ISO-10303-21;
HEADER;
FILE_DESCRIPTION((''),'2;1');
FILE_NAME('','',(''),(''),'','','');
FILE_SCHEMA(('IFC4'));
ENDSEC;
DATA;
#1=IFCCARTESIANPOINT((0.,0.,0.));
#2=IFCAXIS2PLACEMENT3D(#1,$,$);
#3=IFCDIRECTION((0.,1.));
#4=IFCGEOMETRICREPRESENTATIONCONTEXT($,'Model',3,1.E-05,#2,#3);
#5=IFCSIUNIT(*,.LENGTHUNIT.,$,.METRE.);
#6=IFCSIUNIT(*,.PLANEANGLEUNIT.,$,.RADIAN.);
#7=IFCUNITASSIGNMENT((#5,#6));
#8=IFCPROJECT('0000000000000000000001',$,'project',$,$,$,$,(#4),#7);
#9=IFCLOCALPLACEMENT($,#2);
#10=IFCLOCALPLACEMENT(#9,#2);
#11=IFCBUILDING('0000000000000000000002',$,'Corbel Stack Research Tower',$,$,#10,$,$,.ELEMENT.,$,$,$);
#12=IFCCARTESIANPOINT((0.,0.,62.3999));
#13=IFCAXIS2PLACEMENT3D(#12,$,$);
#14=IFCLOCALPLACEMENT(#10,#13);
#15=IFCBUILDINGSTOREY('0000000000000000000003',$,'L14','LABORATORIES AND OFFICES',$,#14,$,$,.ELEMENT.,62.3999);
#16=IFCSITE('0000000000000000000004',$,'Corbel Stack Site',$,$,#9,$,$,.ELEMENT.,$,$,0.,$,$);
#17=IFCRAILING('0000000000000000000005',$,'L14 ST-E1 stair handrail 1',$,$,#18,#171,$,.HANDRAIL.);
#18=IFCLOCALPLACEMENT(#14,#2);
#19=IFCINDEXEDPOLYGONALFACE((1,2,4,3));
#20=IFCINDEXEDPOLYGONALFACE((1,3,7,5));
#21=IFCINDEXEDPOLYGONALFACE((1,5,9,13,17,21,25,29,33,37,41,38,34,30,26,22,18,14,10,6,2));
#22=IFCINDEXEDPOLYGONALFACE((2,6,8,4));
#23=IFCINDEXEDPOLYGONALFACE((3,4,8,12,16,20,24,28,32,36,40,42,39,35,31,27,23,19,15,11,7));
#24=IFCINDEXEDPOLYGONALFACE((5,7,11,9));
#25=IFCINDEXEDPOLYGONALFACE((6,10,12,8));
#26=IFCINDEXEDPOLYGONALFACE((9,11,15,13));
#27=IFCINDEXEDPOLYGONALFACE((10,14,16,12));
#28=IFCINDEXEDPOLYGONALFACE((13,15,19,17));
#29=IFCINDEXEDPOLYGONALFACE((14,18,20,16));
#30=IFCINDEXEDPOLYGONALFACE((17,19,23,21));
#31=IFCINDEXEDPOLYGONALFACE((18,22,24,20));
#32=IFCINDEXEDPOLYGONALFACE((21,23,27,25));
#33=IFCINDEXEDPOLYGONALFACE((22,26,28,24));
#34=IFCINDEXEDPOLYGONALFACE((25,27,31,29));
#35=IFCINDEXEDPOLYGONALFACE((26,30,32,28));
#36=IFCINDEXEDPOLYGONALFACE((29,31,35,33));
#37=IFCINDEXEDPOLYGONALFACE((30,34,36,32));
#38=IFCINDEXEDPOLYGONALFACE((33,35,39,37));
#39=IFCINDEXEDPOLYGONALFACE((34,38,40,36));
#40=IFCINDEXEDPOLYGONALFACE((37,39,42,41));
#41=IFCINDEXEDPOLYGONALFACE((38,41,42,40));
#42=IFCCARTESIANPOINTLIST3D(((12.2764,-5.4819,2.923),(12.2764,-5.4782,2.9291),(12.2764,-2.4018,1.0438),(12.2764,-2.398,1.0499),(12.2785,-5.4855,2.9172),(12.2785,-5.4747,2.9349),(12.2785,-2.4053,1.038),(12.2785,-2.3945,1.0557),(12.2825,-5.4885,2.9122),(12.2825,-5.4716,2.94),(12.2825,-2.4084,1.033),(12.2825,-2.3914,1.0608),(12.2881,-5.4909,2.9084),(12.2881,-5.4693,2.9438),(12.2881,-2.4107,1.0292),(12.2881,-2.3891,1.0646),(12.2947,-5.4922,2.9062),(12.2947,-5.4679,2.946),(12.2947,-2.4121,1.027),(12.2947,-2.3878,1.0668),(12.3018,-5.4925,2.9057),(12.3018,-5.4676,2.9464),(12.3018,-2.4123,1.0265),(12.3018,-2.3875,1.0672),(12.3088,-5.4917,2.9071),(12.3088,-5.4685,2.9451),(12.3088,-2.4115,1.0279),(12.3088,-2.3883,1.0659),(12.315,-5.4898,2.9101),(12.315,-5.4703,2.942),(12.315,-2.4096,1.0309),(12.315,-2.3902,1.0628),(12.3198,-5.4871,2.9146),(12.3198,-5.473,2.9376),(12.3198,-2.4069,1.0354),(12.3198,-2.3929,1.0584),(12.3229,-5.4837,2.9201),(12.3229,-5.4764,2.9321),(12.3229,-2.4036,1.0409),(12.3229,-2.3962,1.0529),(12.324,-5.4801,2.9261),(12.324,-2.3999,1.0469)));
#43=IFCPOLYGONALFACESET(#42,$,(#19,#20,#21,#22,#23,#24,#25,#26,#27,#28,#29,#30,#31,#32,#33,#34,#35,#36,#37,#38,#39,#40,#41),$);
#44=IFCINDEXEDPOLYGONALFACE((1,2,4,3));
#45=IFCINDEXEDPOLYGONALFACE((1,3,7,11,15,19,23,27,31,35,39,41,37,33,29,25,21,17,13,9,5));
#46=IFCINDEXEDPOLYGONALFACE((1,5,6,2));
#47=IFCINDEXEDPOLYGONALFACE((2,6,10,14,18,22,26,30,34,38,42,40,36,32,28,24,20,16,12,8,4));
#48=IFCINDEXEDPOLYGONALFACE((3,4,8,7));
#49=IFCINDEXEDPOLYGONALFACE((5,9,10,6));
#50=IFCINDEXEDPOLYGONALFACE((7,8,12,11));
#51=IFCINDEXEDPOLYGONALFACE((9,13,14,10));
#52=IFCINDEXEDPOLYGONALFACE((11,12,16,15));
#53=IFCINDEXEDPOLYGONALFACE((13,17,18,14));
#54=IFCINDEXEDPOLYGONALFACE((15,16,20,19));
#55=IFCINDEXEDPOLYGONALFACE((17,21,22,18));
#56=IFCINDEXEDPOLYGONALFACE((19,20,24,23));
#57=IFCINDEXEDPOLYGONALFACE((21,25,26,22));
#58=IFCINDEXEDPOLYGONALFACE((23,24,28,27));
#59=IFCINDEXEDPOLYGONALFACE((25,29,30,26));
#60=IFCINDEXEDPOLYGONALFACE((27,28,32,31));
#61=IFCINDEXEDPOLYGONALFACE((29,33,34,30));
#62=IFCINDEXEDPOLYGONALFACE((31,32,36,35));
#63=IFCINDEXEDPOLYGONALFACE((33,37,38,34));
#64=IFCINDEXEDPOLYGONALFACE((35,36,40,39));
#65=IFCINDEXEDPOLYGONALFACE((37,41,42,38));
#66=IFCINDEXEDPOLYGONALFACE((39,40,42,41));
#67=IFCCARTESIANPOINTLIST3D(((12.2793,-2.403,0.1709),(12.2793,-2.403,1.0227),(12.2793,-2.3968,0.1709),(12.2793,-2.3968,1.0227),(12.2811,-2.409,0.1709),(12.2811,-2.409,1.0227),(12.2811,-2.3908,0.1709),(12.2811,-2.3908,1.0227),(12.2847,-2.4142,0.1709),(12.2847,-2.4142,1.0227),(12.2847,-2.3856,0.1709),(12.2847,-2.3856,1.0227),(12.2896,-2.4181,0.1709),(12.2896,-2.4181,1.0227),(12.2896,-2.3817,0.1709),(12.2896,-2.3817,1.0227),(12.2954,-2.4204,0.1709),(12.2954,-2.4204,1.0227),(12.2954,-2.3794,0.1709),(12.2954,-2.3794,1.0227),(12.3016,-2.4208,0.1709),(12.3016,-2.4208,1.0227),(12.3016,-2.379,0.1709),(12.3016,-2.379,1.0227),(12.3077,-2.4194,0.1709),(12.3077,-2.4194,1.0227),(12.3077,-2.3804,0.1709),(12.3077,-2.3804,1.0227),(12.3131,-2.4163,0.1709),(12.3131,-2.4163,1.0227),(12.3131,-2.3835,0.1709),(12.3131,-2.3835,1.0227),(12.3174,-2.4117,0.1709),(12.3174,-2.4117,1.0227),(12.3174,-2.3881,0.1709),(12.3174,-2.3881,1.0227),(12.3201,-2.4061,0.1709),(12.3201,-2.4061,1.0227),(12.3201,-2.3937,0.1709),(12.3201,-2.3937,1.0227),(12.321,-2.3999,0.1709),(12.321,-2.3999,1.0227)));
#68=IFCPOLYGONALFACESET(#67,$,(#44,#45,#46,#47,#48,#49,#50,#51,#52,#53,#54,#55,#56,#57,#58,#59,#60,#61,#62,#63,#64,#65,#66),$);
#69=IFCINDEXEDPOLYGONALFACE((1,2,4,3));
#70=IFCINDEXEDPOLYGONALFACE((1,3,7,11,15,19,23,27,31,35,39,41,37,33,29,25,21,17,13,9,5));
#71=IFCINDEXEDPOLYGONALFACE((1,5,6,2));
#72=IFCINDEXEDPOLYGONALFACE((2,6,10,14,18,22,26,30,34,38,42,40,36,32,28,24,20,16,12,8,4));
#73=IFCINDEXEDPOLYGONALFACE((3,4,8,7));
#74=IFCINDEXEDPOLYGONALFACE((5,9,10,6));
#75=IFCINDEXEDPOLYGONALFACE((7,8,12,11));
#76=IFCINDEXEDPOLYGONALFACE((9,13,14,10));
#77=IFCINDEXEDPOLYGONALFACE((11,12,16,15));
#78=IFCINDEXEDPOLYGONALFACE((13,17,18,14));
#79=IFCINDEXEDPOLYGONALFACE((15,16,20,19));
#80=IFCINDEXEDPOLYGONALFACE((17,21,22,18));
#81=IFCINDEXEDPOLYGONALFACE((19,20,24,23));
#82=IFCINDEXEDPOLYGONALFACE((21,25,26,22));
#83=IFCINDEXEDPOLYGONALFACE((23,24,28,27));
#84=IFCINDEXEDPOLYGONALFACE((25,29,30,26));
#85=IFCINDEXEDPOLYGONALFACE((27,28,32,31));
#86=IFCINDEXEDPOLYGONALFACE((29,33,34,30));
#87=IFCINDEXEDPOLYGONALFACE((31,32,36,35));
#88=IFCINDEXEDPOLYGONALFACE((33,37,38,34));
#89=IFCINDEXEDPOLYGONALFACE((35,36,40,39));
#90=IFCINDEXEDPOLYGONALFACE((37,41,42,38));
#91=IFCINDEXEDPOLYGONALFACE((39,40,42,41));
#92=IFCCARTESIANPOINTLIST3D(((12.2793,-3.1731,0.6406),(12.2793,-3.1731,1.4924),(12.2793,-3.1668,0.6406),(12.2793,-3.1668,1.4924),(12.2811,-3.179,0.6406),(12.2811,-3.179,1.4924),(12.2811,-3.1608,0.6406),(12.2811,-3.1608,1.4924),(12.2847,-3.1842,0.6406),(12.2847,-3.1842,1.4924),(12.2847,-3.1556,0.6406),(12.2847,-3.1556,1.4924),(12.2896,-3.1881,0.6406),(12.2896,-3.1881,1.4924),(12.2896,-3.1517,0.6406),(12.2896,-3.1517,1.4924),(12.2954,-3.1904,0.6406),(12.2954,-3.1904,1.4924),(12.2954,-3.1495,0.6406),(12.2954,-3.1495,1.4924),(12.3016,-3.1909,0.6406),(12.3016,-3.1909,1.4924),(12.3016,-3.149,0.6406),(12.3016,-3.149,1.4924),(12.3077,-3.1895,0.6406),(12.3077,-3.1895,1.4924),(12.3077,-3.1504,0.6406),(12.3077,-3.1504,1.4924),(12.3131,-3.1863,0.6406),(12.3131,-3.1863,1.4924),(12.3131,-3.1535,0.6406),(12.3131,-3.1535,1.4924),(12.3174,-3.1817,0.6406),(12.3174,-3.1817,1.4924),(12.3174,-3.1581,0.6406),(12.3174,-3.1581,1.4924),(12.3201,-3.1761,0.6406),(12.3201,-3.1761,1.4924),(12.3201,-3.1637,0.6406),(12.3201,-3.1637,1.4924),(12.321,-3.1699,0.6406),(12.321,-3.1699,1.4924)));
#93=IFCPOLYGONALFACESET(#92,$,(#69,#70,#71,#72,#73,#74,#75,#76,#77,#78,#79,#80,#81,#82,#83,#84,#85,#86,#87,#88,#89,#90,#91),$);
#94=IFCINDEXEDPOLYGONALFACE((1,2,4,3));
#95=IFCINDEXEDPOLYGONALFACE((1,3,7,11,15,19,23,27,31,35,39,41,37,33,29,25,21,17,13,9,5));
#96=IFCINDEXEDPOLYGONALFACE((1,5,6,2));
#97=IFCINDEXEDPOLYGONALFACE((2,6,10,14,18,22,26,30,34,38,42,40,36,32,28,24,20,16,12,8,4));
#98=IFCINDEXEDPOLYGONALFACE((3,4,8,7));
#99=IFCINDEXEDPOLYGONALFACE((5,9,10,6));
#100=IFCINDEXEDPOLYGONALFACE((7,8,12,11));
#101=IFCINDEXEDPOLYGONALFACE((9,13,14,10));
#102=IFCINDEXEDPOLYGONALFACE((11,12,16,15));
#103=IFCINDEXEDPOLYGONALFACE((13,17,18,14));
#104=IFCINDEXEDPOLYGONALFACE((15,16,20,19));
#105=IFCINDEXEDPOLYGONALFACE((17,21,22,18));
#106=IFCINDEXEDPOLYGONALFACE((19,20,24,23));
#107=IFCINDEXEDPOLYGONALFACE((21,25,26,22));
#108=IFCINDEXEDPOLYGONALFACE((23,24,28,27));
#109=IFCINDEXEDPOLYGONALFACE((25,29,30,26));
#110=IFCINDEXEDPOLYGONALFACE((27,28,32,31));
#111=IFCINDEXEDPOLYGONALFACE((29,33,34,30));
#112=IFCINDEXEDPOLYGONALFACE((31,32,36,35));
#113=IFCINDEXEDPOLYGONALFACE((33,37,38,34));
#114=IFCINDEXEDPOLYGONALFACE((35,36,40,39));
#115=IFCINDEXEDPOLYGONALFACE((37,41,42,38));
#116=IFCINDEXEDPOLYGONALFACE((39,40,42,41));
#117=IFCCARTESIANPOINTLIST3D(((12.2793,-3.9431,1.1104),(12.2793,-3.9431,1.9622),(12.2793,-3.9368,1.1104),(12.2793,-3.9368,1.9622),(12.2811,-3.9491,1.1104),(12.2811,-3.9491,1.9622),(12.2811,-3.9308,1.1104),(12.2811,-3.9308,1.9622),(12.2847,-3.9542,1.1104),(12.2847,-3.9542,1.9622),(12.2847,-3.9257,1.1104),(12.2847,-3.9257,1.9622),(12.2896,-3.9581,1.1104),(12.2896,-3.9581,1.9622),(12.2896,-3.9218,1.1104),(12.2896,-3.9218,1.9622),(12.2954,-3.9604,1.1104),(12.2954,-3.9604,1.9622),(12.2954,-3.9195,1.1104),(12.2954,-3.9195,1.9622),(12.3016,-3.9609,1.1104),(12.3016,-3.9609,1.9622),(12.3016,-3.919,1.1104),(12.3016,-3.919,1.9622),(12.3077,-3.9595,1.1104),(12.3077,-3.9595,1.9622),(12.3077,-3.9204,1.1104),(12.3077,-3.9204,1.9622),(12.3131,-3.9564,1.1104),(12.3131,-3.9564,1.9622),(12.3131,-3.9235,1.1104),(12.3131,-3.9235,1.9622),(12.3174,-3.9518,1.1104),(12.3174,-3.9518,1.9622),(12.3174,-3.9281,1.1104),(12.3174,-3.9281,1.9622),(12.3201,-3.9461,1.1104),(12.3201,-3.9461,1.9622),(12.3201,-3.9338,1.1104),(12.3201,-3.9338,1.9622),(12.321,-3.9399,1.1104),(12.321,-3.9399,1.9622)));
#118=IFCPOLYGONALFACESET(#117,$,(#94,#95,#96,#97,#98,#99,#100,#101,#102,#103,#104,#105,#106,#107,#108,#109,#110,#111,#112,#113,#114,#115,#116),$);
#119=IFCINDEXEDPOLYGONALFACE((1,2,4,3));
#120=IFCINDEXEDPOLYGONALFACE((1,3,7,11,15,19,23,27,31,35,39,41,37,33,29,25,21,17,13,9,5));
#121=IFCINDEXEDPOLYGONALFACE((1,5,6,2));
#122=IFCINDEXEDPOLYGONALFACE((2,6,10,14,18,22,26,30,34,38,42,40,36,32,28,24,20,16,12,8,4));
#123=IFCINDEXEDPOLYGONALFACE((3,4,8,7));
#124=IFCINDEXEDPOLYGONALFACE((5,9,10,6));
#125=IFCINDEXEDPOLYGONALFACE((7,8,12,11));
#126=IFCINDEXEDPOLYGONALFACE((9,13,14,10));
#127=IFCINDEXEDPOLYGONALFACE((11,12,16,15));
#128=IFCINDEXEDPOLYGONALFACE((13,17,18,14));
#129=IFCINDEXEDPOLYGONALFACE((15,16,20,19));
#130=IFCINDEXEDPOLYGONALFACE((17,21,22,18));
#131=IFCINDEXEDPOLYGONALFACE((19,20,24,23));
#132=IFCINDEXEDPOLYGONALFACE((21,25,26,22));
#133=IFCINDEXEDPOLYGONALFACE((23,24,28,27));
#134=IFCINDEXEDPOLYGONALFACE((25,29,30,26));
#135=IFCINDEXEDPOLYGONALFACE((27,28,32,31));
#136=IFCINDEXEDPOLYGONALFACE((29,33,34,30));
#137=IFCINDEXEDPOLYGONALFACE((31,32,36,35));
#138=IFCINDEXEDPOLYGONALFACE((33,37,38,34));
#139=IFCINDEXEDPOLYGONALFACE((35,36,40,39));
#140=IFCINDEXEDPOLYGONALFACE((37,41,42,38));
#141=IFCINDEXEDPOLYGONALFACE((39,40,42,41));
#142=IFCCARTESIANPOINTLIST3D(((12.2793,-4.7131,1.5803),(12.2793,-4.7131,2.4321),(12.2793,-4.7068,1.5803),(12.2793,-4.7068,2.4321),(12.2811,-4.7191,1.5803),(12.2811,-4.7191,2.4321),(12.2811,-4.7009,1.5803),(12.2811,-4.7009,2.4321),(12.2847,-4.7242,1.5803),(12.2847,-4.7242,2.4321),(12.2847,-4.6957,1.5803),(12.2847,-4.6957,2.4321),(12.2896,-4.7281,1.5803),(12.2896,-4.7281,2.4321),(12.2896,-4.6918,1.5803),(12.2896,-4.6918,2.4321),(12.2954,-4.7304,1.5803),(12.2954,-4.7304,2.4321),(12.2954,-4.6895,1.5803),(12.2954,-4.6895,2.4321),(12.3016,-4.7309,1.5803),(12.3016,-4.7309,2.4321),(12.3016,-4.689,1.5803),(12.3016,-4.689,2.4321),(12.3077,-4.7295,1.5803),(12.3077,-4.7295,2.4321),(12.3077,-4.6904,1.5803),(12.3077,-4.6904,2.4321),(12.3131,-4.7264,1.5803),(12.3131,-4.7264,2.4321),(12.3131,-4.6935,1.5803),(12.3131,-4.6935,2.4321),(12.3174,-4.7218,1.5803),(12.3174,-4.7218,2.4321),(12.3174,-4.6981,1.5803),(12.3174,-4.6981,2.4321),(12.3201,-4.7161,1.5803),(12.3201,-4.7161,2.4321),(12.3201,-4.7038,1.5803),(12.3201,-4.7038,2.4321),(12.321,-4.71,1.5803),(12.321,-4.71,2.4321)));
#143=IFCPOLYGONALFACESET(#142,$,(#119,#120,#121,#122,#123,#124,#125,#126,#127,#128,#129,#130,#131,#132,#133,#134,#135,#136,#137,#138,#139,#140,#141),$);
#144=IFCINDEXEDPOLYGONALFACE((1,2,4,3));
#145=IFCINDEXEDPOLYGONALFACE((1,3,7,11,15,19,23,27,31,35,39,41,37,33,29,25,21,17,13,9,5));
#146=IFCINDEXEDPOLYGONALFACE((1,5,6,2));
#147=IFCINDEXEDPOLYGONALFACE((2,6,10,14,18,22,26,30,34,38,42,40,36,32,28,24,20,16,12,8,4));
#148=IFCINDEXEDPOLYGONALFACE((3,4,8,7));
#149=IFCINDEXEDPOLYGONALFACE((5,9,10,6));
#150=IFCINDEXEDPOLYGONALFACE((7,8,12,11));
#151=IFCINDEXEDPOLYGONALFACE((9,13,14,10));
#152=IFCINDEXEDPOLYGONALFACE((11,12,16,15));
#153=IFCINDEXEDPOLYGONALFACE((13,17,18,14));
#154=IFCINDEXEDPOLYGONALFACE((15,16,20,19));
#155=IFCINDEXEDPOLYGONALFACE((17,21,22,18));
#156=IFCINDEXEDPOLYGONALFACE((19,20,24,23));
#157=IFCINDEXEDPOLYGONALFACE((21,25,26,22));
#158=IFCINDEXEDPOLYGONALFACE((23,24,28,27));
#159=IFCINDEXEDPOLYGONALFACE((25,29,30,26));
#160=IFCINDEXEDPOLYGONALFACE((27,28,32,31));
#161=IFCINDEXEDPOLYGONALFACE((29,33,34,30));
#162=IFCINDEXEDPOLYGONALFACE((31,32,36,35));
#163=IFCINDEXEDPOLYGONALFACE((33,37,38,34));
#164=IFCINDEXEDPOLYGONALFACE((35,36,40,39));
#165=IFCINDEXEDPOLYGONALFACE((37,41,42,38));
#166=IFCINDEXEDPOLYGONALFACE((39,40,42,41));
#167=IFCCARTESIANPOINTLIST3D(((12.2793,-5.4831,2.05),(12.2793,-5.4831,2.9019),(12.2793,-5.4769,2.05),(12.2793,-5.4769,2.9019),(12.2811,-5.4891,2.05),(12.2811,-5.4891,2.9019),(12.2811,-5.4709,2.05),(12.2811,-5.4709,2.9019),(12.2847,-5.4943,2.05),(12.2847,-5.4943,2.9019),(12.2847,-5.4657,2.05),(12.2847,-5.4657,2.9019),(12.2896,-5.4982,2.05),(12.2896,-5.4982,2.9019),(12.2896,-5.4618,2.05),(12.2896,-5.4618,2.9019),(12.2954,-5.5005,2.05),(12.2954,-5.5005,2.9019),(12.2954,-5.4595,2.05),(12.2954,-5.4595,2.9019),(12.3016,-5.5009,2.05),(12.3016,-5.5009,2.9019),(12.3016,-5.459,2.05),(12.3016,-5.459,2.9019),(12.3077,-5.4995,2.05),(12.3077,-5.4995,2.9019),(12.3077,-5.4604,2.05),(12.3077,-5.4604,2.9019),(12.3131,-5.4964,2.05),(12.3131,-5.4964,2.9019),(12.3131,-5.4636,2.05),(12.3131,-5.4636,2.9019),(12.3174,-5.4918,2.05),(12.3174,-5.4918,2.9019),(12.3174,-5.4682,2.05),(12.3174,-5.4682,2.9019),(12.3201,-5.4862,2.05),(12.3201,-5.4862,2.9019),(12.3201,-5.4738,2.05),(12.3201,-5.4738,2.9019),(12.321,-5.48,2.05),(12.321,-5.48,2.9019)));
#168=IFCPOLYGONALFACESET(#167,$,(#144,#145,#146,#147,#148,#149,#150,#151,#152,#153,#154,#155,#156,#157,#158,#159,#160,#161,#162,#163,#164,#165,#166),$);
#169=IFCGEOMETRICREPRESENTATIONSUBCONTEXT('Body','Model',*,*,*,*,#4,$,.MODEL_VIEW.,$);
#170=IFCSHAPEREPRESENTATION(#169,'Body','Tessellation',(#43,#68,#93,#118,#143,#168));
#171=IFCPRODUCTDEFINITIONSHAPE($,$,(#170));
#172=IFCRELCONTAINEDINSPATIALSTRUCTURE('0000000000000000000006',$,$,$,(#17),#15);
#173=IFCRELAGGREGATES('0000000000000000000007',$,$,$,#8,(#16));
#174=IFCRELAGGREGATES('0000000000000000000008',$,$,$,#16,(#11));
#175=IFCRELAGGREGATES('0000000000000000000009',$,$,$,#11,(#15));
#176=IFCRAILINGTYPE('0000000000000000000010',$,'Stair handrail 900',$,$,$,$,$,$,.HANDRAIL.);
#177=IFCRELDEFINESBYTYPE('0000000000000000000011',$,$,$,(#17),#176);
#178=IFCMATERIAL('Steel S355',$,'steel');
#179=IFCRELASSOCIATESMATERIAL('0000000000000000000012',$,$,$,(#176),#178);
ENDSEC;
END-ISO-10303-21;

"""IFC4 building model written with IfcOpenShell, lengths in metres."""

from ifc_helpers import new_model, si_unit, direction, frame, origin, origin_2d, place, context, subcontext, project, spatial, circle, extrude, material, type_object, element, save


model = new_model("IFC4")

# Units and contexts
model_context = context("Model", 3, precision=1e-05, world=origin(), true_north=direction((0.0, 1.0)))
body_context = subcontext(model_context, "Body", "Model", "MODEL_VIEW")
ifc_project = project(units=[si_unit("LENGTHUNIT", "METRE"), si_unit("PLANEANGLEUNIT", "RADIAN")], contexts=[model_context])

# Site, building, storey
site_placement = place(None, origin())
site = spatial("IfcSite", under=ifc_project, at=site_placement, Name="Corbel Stack Site", CompositionType="ELEMENT", RefElevation=0.0)
building_placement = place(site_placement, origin())
building = spatial("IfcBuilding", under=site, at=building_placement, Name="Corbel Stack Research Tower", CompositionType="ELEMENT")
storey_placement = place(building_placement, frame((0.0, 0.0, 62.3999)))
storey = spatial("IfcBuildingStorey", under=building, at=storey_placement, Name="L14", Description="LABORATORIES AND OFFICES", CompositionType="ELEMENT", Elevation=62.3999)

# Railing
ifc_material_1 = material(Name="Steel S355", Category="steel")
railing_type_1 = type_object("IfcRailingType", Name="Stair handrail 900", PredefinedType="HANDRAIL", material=ifc_material_1)
railing_1_placement = place(storey_placement, frame((12.3, -2.3999, 0.1709)))
element("IfcRailing", 1, at=railing_1_placement, inside=storey, type_object=railing_type_1, Name="L14 ST-E1 stair handrail 1", PredefinedType="HANDRAIL", context=body_context, shape_type="SweptSolid", body=[
    extrude(circle(Radius=0.0239, at=origin_2d()), frame((0.0, 0.0, 0.876), z_axis=(0.0, -0.853666, 0.52082), x_axis=(1.0, 0.0, 0.0)), (0.0, 0.0, 1.0), 3.6082),
    extrude(circle(Radius=0.021, at=origin_2d()), origin(), (0.0, 0.0, 1.0), 0.8518),
    extrude(circle(Radius=0.021, at=origin_2d()), frame((0.0, -0.77, 0.4697)), (0.0, 0.0, 1.0), 0.8518),
    extrude(circle(Radius=0.021, at=origin_2d()), frame((0.0, -1.54, 0.9395)), (0.0, 0.0, 1.0), 0.8518),
    extrude(circle(Radius=0.021, at=origin_2d()), frame((0.0, -2.3101, 1.4094)), (0.0, 0.0, 1.0), 0.8518),
    extrude(circle(Radius=0.021, at=origin_2d()), frame((0.0, -3.0801, 1.8792)), (0.0, 0.0, 1.0), 0.8518),
])

save(model, "model.ifc")
